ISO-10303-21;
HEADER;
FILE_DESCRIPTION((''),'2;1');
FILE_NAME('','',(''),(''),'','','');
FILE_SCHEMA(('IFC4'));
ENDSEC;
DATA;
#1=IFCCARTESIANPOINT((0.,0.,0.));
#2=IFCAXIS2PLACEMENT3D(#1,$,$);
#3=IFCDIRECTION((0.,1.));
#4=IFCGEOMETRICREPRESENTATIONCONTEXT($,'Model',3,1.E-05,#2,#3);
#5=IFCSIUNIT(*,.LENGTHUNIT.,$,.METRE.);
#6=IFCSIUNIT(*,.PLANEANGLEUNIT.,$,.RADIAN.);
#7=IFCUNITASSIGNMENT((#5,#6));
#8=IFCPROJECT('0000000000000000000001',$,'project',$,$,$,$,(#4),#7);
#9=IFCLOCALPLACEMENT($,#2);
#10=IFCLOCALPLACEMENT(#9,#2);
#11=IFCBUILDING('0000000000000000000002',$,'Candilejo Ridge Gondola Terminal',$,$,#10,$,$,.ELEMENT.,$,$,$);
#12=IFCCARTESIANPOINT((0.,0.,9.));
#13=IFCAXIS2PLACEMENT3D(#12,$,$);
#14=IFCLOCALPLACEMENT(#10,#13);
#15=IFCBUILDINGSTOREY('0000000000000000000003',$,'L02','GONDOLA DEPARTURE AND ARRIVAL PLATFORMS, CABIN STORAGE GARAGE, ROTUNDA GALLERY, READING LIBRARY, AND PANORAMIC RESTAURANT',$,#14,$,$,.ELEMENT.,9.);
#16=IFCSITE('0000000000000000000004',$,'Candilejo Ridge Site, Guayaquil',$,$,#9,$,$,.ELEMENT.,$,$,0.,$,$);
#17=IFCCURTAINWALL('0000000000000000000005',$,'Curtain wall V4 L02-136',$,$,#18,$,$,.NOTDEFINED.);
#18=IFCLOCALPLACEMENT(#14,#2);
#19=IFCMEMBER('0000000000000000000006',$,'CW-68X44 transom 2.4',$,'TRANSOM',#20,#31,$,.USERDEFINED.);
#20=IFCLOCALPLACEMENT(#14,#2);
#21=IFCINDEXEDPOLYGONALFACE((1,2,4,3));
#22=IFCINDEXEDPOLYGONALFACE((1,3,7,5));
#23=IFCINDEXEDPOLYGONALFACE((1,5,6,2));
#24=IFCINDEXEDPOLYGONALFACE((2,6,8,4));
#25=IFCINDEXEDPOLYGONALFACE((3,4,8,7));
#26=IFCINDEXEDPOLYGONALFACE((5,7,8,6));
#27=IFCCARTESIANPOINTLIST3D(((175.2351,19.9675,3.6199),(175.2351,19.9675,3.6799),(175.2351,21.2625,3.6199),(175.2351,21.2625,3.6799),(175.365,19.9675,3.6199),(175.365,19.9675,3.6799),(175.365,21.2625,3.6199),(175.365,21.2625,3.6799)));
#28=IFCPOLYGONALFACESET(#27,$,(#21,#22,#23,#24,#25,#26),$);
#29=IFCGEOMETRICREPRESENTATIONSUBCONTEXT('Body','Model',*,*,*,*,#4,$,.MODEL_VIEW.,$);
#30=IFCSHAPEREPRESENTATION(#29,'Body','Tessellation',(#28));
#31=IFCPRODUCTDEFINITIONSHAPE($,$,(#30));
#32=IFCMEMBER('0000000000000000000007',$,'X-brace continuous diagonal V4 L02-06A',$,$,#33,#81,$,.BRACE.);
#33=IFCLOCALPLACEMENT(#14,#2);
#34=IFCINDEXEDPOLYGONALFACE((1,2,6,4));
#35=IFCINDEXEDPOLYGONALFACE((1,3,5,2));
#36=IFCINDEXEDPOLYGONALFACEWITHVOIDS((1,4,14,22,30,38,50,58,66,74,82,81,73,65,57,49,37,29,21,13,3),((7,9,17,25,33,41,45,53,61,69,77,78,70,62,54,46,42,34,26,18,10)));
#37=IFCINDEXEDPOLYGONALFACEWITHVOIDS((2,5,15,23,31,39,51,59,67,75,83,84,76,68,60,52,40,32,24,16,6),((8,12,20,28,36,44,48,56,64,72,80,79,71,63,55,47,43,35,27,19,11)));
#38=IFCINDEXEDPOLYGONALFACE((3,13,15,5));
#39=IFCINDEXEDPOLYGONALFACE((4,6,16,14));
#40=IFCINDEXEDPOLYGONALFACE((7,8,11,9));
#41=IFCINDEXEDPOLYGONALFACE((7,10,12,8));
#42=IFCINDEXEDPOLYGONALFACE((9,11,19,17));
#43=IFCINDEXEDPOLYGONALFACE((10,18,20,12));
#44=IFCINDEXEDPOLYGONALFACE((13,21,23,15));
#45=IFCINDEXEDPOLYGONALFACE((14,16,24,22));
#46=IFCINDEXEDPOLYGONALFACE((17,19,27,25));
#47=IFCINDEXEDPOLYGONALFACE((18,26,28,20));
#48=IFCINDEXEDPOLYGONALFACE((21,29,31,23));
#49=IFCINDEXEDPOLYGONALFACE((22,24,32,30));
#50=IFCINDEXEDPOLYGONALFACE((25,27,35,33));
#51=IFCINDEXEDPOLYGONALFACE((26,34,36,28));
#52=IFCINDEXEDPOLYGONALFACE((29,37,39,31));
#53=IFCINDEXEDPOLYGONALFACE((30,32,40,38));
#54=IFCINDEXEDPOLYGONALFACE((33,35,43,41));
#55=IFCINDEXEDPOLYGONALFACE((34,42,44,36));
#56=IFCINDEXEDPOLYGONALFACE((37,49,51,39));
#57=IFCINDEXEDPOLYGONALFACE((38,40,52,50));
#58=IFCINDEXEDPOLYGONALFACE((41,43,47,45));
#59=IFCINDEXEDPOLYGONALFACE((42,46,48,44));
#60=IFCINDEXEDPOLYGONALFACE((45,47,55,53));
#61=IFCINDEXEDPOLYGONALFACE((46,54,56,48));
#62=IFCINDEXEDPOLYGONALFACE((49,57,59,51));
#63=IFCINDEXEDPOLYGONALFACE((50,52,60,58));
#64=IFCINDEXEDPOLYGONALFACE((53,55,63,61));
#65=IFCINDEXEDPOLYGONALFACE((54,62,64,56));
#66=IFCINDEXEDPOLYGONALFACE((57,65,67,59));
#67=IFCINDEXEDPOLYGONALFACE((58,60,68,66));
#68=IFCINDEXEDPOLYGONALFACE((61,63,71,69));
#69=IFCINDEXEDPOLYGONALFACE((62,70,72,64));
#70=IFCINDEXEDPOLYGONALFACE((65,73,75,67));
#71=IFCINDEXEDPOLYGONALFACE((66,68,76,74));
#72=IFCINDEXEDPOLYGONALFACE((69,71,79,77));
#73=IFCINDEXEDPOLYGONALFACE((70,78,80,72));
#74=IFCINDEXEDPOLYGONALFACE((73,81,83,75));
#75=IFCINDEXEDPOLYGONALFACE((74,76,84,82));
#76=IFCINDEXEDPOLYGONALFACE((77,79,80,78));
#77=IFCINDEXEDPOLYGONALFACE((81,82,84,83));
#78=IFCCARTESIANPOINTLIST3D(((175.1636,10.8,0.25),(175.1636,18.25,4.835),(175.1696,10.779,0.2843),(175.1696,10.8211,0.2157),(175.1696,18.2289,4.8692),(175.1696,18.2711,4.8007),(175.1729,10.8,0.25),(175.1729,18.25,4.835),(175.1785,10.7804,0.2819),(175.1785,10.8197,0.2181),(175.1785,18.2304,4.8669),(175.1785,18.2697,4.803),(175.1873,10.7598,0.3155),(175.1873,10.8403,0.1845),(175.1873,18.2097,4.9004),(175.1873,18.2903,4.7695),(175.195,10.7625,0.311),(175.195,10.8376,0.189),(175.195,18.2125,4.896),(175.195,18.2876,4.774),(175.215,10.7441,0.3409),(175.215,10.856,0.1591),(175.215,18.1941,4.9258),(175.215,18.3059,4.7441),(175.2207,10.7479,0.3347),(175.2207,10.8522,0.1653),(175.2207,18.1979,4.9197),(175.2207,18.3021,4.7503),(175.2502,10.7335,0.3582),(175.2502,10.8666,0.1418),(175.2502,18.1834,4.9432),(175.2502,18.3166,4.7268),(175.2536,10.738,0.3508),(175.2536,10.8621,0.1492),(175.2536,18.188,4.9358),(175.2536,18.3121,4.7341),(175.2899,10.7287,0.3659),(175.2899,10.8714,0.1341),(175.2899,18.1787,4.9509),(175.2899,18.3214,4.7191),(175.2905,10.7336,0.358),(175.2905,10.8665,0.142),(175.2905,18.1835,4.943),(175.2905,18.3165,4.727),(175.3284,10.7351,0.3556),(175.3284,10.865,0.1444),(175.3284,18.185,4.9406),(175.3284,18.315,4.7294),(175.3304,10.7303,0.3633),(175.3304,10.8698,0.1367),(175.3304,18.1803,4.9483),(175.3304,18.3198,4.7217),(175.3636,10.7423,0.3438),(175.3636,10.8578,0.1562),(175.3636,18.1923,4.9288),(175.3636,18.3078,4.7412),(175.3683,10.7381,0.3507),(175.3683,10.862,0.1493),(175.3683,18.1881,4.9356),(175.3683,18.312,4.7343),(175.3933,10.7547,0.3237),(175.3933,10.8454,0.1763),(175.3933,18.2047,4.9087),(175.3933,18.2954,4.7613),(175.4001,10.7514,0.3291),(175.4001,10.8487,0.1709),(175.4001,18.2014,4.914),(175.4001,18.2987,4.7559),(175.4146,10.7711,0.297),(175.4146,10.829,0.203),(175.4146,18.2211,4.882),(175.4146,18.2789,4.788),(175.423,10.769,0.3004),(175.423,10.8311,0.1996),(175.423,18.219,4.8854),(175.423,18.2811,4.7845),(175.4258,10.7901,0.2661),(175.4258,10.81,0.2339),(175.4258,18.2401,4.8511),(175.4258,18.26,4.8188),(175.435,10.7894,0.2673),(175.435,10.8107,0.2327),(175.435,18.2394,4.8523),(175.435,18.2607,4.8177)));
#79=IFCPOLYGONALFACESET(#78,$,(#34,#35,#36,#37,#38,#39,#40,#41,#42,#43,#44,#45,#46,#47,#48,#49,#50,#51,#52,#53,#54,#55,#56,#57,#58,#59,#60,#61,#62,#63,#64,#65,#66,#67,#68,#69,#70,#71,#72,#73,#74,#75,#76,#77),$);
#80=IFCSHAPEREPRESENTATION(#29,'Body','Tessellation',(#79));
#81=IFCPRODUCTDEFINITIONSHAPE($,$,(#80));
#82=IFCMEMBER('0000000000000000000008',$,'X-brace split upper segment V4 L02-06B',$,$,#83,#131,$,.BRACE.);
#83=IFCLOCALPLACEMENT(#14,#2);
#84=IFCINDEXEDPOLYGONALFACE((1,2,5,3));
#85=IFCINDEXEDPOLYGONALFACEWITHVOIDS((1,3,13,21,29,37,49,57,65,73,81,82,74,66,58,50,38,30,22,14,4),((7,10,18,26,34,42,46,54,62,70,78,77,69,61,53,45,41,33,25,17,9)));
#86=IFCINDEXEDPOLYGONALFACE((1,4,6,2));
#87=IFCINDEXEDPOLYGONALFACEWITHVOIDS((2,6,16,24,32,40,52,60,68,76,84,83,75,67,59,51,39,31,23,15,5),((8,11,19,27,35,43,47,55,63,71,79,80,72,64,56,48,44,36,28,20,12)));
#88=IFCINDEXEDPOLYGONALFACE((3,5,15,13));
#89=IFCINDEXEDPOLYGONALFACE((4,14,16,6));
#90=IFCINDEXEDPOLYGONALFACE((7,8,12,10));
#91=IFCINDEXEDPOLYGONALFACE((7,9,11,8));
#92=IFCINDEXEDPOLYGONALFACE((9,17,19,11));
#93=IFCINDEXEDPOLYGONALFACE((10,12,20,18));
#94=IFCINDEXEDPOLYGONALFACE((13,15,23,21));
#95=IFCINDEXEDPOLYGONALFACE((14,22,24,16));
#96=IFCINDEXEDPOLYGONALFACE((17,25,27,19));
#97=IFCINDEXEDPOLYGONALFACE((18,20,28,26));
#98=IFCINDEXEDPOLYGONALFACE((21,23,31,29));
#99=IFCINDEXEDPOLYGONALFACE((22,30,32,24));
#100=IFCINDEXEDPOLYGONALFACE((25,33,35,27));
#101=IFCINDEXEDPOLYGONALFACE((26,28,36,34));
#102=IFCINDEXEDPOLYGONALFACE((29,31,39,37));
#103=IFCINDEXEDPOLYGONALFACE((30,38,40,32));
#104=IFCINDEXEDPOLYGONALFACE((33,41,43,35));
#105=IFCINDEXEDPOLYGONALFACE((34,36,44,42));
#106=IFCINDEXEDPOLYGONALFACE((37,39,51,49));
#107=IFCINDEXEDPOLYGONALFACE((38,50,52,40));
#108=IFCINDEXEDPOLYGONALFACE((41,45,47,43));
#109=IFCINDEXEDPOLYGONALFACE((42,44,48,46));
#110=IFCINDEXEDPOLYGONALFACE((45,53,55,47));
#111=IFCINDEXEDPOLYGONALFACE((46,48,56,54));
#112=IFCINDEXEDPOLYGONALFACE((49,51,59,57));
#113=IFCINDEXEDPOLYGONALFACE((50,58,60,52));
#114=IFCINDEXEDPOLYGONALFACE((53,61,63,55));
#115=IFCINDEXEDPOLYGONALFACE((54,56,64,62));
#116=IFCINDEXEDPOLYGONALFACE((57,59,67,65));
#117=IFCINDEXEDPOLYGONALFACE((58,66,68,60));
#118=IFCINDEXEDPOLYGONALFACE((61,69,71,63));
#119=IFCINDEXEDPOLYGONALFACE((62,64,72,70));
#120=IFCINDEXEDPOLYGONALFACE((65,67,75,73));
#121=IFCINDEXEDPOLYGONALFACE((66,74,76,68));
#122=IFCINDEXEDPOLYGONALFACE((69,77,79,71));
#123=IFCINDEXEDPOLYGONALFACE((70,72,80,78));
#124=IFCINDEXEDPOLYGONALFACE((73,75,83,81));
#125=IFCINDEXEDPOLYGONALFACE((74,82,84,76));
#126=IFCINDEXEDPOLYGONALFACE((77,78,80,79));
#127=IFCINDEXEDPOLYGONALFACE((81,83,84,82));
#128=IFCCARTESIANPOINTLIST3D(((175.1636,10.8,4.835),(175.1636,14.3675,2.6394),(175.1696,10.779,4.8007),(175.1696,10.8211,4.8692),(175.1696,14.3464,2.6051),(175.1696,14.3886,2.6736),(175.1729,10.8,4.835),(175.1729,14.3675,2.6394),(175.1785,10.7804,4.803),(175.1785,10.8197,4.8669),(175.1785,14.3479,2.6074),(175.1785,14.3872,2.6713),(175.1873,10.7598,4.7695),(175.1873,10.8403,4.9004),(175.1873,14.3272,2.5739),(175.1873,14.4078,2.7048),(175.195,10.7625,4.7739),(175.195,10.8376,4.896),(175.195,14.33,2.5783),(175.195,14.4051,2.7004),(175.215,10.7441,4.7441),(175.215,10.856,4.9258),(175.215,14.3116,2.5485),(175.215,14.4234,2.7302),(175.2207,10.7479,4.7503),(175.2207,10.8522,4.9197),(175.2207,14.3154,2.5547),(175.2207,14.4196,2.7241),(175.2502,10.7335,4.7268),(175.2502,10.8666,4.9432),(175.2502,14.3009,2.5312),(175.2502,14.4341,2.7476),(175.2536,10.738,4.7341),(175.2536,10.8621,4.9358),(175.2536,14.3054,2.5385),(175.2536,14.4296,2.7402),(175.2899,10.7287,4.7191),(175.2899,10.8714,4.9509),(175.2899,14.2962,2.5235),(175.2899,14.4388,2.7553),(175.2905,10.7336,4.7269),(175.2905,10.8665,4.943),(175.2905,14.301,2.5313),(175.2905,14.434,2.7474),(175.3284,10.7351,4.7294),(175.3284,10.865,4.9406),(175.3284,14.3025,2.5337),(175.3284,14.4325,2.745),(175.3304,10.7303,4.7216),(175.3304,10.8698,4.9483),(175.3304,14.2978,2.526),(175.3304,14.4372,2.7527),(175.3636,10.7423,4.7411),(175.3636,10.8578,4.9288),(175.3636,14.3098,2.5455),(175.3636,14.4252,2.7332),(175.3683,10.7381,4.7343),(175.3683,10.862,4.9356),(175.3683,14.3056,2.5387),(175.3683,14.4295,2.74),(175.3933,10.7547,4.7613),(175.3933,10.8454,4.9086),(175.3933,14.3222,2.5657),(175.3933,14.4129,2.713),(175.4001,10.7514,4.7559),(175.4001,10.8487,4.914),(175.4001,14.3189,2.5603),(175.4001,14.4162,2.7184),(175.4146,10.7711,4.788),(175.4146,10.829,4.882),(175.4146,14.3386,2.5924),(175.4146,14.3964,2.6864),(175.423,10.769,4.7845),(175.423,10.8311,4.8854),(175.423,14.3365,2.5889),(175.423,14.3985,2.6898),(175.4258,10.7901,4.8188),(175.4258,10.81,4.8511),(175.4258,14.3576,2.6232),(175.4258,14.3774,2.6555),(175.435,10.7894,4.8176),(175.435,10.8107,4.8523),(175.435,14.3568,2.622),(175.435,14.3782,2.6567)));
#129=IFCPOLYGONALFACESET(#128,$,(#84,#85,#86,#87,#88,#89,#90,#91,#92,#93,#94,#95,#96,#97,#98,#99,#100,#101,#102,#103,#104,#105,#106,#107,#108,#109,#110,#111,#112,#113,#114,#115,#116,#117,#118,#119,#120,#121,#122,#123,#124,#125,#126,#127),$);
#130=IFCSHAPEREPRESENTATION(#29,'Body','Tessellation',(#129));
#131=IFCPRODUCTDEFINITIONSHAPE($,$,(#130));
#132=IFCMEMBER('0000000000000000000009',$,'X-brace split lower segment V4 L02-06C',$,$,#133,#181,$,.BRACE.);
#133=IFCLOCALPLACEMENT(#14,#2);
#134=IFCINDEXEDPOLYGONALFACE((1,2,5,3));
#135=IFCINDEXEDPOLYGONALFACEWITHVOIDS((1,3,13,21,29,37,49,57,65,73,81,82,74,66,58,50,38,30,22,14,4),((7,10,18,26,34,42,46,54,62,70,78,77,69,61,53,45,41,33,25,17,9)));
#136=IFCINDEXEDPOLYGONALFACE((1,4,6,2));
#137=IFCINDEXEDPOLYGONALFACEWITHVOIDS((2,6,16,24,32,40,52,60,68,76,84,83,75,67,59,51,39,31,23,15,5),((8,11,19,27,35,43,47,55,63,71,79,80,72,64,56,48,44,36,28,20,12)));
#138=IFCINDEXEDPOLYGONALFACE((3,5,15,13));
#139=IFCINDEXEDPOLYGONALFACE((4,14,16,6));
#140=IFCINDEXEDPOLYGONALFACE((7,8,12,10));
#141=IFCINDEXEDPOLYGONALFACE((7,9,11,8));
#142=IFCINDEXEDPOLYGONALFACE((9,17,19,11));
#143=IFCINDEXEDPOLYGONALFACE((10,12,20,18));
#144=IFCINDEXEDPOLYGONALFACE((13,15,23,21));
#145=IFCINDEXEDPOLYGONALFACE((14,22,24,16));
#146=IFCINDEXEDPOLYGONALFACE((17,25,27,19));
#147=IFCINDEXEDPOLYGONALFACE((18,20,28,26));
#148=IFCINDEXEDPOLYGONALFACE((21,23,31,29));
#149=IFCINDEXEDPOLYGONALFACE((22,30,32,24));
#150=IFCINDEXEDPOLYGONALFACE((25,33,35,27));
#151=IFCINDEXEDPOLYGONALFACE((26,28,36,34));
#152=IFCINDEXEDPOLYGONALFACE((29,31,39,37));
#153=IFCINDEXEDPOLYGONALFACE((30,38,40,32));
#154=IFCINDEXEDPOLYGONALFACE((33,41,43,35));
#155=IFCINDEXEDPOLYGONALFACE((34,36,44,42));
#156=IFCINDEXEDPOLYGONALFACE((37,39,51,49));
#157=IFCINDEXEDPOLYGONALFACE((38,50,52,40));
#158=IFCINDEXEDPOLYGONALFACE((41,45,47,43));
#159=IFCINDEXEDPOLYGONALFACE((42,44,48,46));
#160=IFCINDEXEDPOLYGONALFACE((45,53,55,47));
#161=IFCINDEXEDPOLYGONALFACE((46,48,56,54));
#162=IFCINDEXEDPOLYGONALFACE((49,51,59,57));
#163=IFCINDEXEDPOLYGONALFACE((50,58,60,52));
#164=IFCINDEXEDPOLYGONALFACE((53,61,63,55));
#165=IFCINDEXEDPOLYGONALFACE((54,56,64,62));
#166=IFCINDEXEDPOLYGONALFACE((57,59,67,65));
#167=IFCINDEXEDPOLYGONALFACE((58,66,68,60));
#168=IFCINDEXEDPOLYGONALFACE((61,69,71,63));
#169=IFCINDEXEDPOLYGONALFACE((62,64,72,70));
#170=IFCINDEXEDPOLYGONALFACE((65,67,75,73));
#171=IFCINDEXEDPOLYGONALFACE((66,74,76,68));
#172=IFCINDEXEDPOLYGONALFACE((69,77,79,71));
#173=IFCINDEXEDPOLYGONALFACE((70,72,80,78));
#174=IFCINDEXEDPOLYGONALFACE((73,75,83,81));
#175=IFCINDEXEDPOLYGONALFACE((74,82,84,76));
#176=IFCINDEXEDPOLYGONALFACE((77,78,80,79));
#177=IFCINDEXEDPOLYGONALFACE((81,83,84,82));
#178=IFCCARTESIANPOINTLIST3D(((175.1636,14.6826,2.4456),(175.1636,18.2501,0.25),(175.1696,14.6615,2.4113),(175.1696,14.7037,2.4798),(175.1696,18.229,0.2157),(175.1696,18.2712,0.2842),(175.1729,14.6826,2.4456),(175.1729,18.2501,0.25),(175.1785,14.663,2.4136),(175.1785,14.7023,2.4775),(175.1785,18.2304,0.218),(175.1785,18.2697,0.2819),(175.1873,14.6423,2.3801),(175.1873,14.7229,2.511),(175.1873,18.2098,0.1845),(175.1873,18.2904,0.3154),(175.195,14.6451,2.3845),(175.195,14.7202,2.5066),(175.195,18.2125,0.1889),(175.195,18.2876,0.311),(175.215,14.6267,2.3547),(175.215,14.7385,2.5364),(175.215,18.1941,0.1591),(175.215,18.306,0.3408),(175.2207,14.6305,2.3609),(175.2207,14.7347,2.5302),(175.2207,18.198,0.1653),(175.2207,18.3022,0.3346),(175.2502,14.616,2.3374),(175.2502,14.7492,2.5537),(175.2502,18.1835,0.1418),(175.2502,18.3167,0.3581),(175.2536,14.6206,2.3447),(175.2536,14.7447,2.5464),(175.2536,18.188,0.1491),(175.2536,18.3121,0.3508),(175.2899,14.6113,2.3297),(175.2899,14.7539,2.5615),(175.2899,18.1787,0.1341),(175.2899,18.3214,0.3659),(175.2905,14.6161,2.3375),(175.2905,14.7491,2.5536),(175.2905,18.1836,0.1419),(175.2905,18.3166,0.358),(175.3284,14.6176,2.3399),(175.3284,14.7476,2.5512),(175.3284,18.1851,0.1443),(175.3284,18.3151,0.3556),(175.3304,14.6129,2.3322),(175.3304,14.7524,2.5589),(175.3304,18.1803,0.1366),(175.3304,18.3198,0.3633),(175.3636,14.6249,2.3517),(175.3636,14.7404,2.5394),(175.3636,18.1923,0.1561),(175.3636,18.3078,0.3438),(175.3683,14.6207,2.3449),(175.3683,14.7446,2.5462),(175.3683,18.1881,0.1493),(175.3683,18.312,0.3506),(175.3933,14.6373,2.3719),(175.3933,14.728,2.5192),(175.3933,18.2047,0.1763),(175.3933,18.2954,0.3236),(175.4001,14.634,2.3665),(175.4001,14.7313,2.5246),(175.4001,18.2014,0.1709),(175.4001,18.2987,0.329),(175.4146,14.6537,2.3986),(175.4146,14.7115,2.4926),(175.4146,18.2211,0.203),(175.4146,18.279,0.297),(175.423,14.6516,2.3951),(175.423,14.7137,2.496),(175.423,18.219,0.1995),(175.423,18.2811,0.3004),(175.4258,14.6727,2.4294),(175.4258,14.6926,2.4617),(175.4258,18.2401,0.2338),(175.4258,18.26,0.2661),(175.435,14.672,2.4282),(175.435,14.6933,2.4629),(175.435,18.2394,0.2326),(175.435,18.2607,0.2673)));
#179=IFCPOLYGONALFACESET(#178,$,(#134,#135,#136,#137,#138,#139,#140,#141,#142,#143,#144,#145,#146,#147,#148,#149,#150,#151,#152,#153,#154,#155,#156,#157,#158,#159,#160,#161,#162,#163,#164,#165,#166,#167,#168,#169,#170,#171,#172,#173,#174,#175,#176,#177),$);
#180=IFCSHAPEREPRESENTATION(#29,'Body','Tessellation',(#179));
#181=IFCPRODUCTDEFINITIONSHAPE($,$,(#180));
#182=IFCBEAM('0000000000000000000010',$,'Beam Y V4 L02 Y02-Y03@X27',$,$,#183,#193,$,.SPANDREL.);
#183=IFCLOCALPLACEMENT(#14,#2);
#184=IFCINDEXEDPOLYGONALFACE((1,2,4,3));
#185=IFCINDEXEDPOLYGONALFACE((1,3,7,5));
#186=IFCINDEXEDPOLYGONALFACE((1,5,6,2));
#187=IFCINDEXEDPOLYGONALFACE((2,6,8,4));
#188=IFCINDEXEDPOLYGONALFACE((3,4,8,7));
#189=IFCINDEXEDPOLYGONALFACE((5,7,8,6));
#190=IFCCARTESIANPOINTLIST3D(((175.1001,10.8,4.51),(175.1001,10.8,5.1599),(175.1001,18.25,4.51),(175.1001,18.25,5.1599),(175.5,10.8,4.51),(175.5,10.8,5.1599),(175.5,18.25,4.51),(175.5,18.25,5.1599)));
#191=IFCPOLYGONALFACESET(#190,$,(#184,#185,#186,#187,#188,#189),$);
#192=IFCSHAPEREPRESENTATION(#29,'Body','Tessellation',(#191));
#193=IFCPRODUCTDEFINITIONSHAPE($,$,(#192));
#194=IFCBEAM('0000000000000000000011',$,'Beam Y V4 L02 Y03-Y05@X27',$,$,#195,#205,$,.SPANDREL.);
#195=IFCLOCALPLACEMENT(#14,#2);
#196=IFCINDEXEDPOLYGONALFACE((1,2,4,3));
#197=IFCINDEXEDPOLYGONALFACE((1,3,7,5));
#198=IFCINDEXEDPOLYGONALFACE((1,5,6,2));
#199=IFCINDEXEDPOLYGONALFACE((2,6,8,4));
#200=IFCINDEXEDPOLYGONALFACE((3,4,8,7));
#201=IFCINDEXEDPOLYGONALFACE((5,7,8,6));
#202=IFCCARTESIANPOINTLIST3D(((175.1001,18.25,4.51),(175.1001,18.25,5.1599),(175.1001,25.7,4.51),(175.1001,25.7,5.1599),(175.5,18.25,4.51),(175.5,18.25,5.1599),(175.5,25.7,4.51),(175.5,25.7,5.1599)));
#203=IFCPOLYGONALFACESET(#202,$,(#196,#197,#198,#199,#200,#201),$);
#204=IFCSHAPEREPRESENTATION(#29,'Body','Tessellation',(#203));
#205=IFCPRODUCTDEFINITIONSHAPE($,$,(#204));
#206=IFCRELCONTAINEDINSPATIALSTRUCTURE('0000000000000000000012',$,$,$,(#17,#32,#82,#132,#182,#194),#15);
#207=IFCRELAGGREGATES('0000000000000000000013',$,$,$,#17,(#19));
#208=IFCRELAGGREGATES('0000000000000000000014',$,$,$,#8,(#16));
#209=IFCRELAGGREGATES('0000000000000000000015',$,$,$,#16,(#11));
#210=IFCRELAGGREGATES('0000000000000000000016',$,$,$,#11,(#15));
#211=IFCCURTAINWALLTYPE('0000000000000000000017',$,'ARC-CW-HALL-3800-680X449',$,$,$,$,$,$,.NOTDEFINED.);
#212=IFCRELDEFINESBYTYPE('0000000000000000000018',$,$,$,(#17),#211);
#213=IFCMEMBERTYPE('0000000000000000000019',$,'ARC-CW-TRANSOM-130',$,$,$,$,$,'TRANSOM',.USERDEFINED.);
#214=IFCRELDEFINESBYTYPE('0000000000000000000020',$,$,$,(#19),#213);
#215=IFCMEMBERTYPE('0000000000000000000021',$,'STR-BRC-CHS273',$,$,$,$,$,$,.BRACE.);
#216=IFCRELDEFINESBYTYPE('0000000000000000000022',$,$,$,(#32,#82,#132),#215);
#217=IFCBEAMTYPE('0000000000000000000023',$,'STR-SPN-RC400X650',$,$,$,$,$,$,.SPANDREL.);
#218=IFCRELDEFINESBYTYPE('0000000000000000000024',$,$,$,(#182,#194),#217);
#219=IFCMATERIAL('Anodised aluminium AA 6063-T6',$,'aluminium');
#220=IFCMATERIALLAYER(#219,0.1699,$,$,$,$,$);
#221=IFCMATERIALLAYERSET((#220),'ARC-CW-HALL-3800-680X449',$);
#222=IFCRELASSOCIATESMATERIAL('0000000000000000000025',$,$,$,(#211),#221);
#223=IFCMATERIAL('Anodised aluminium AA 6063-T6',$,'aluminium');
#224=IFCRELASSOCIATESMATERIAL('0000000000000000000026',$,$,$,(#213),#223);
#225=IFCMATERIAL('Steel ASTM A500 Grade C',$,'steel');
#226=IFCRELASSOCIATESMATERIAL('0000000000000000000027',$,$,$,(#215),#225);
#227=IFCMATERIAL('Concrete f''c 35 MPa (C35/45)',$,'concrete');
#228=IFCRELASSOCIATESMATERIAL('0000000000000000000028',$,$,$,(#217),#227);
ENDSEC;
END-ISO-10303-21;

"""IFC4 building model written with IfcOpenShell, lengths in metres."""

from ifc_helpers import new_model, si_unit, direction, frame, origin, origin_2d, place, context, subcontext, project, spatial, rectangle, hollow_circle, extrude, material, layer, layer_set, material_profile, profile_set, type_object, element, aggregate, save


model = new_model("IFC4")

# Units and contexts
model_context = context("Model", 3, precision=1e-05, world=origin(), true_north=direction((0.0, 1.0)))
body_context = subcontext(model_context, "Body", "Model", "MODEL_VIEW")
ifc_project = project(units=[si_unit("LENGTHUNIT", "METRE"), si_unit("PLANEANGLEUNIT", "RADIAN")], contexts=[model_context])

# Site, building, storey
site_placement = place(None, origin())
site = spatial("IfcSite", under=ifc_project, at=site_placement, Name="Candilejo Ridge Site, Guayaquil", CompositionType="ELEMENT", RefElevation=0.0)
building_placement = place(site_placement, origin())
building = spatial("IfcBuilding", under=site, at=building_placement, Name="Candilejo Ridge Gondola Terminal", CompositionType="ELEMENT")
storey_placement = place(building_placement, frame((0.0, 0.0, 9.0)))
storey = spatial("IfcBuildingStorey", under=building, at=storey_placement, Name="L02", Description="GONDOLA DEPARTURE AND ARRIVAL PLATFORMS, CABIN STORAGE GARAGE, ROTUNDA GALLERY, READING LIBRARY, AND PANORAMIC RESTAURANT", CompositionType="ELEMENT", Elevation=9.0)

# Curtain wall
ifc_material_1 = material(Name="Anodised aluminium AA 6063-T6", Category="aluminium")
ifc_layer_1 = layer(ifc_material_1, 0.1699)
ifc_layer_set_1 = layer_set([ifc_layer_1], Name="ARC-CW-HALL-3800-680X449")
curtain_wall_type_1 = type_object("IfcCurtainWallType", Name="ARC-CW-HALL-3800-680X449", PredefinedType="NOTDEFINED", material=ifc_layer_set_1)
curtain_wall_1_placement = place(storey_placement, origin())
curtain_wall_1 = element("IfcCurtainWall", 1, at=curtain_wall_1_placement, inside=storey, type_object=curtain_wall_type_1, Name="Curtain wall V4 L02-136", PredefinedType="NOTDEFINED")

# Member
ifc_material_2 = material(Name="Anodised aluminium AA 6063-T6", Category="aluminium")
ifc_material_profile_1 = material_profile(ifc_material_2, rectangle(XDim=0.1299, YDim=0.0601, at=origin_2d()))
ifc_profile_set_1 = profile_set([ifc_material_profile_1], Name="Anodised aluminium AA 6063-T6")
member_type_1 = type_object("IfcMemberType", Name="ARC-CW-TRANSOM-130", ElementType="TRANSOM", PredefinedType="USERDEFINED", material=ifc_profile_set_1)
member_1_placement = place(storey_placement, frame((175.3, 19.9675, 3.6499), z_axis=(0.0, 1.0, 0.0), x_axis=(-1.0, 0.0, 0.0)))
member_1 = element("IfcMember", 2, at=member_1_placement, type_object=member_type_1, Name="CW-68X44 transom 2.4", ObjectType="TRANSOM", PredefinedType="USERDEFINED", context=body_context, shape_type="SweptSolid", body=[
    extrude(rectangle(XDim=0.1299, YDim=0.0601, at=origin_2d()), origin(), (0.0, 0.0, 1.0), 1.2949),
])

# Members
ifc_material_3 = material(Name="Steel ASTM A500 Grade C", Category="steel")
ifc_material_profile_2 = material_profile(ifc_material_3, hollow_circle(Radius=0.1365, WallThickness=0.0093, at=origin_2d()))
ifc_profile_set_2 = profile_set([ifc_material_profile_2], Name="Steel ASTM A500 Grade C")
member_type_2 = type_object("IfcMemberType", Name="STR-BRC-CHS273", PredefinedType="BRACE", material=ifc_profile_set_2)
member_2_placement = place(storey_placement, frame((175.3, 10.8, 0.25), z_axis=(0.0, 0.851639, 0.524129), x_axis=(-1.0, 0.0, 0.0)))
element("IfcMember", 3, at=member_2_placement, inside=storey, type_object=member_type_2, Name="X-brace continuous diagonal V4 L02-06A", PredefinedType="BRACE", context=body_context, shape_type="SweptSolid", body=[
    extrude(hollow_circle(Radius=0.1365, WallThickness=0.0093, at=origin_2d()), origin(), (0.0, 0.0, 1.0), 8.7478),
])
for number, where, z_axis, x_axis, name in (
    (4, (175.3, 10.8, 4.835), (0.0, 0.851632, -0.52414), (-1.0, 0.0, 0.0), "X-brace split upper segment V4 L02-06B"),
    (5, (175.3, 14.6826, 2.4456), (0.0, 0.851632, -0.52414), (-1.0, 0.0, 0.0), "X-brace split lower segment V4 L02-06C"),
):
    element("IfcMember", number, at=place(storey_placement, frame(where, z_axis=z_axis, x_axis=x_axis)), inside=storey, type_object=member_type_2, Name=name, PredefinedType="BRACE", context=body_context, shape_type="SweptSolid", body=[
        extrude(hollow_circle(Radius=0.1365, WallThickness=0.0093, at=origin_2d()), origin(), (0.0, 0.0, 1.0), 4.189),
    ])

# Beams
ifc_material_4 = material(Name="Concrete f'c 35 MPa (C35/45)", Category="concrete")
ifc_material_profile_3 = material_profile(ifc_material_4, rectangle(XDim=0.3999, YDim=0.6499, at=origin_2d()))
ifc_profile_set_3 = profile_set([ifc_material_profile_3], Name="Concrete f'c 35 MPa (C35/45)")
beam_type = type_object("IfcBeamType", Name="STR-SPN-RC400X650", PredefinedType="SPANDREL", material=ifc_profile_set_3)
for number, where, z_axis, x_axis, name in (
    (6, (175.3, 10.8, 4.835), (0.0, 1.0, 0.0), (-1.0, 0.0, 0.0), "Beam Y V4 L02 Y02-Y03@X27"),
    (7, (175.3, 18.25, 4.835), (0.0, 1.0, 0.0), (-1.0, 0.0, 0.0), "Beam Y V4 L02 Y03-Y05@X27"),
):
    element("IfcBeam", number, at=place(storey_placement, frame(where, z_axis=z_axis, x_axis=x_axis)), inside=storey, type_object=beam_type, Name=name, PredefinedType="SPANDREL", context=body_context, shape_type="SweptSolid", body=[
        extrude(rectangle(XDim=0.3999, YDim=0.6499, at=origin_2d()), origin(), (0.0, 0.0, 1.0), 7.45),
    ])

aggregate(curtain_wall_1, [member_1])

save(model, "model.ifc")
